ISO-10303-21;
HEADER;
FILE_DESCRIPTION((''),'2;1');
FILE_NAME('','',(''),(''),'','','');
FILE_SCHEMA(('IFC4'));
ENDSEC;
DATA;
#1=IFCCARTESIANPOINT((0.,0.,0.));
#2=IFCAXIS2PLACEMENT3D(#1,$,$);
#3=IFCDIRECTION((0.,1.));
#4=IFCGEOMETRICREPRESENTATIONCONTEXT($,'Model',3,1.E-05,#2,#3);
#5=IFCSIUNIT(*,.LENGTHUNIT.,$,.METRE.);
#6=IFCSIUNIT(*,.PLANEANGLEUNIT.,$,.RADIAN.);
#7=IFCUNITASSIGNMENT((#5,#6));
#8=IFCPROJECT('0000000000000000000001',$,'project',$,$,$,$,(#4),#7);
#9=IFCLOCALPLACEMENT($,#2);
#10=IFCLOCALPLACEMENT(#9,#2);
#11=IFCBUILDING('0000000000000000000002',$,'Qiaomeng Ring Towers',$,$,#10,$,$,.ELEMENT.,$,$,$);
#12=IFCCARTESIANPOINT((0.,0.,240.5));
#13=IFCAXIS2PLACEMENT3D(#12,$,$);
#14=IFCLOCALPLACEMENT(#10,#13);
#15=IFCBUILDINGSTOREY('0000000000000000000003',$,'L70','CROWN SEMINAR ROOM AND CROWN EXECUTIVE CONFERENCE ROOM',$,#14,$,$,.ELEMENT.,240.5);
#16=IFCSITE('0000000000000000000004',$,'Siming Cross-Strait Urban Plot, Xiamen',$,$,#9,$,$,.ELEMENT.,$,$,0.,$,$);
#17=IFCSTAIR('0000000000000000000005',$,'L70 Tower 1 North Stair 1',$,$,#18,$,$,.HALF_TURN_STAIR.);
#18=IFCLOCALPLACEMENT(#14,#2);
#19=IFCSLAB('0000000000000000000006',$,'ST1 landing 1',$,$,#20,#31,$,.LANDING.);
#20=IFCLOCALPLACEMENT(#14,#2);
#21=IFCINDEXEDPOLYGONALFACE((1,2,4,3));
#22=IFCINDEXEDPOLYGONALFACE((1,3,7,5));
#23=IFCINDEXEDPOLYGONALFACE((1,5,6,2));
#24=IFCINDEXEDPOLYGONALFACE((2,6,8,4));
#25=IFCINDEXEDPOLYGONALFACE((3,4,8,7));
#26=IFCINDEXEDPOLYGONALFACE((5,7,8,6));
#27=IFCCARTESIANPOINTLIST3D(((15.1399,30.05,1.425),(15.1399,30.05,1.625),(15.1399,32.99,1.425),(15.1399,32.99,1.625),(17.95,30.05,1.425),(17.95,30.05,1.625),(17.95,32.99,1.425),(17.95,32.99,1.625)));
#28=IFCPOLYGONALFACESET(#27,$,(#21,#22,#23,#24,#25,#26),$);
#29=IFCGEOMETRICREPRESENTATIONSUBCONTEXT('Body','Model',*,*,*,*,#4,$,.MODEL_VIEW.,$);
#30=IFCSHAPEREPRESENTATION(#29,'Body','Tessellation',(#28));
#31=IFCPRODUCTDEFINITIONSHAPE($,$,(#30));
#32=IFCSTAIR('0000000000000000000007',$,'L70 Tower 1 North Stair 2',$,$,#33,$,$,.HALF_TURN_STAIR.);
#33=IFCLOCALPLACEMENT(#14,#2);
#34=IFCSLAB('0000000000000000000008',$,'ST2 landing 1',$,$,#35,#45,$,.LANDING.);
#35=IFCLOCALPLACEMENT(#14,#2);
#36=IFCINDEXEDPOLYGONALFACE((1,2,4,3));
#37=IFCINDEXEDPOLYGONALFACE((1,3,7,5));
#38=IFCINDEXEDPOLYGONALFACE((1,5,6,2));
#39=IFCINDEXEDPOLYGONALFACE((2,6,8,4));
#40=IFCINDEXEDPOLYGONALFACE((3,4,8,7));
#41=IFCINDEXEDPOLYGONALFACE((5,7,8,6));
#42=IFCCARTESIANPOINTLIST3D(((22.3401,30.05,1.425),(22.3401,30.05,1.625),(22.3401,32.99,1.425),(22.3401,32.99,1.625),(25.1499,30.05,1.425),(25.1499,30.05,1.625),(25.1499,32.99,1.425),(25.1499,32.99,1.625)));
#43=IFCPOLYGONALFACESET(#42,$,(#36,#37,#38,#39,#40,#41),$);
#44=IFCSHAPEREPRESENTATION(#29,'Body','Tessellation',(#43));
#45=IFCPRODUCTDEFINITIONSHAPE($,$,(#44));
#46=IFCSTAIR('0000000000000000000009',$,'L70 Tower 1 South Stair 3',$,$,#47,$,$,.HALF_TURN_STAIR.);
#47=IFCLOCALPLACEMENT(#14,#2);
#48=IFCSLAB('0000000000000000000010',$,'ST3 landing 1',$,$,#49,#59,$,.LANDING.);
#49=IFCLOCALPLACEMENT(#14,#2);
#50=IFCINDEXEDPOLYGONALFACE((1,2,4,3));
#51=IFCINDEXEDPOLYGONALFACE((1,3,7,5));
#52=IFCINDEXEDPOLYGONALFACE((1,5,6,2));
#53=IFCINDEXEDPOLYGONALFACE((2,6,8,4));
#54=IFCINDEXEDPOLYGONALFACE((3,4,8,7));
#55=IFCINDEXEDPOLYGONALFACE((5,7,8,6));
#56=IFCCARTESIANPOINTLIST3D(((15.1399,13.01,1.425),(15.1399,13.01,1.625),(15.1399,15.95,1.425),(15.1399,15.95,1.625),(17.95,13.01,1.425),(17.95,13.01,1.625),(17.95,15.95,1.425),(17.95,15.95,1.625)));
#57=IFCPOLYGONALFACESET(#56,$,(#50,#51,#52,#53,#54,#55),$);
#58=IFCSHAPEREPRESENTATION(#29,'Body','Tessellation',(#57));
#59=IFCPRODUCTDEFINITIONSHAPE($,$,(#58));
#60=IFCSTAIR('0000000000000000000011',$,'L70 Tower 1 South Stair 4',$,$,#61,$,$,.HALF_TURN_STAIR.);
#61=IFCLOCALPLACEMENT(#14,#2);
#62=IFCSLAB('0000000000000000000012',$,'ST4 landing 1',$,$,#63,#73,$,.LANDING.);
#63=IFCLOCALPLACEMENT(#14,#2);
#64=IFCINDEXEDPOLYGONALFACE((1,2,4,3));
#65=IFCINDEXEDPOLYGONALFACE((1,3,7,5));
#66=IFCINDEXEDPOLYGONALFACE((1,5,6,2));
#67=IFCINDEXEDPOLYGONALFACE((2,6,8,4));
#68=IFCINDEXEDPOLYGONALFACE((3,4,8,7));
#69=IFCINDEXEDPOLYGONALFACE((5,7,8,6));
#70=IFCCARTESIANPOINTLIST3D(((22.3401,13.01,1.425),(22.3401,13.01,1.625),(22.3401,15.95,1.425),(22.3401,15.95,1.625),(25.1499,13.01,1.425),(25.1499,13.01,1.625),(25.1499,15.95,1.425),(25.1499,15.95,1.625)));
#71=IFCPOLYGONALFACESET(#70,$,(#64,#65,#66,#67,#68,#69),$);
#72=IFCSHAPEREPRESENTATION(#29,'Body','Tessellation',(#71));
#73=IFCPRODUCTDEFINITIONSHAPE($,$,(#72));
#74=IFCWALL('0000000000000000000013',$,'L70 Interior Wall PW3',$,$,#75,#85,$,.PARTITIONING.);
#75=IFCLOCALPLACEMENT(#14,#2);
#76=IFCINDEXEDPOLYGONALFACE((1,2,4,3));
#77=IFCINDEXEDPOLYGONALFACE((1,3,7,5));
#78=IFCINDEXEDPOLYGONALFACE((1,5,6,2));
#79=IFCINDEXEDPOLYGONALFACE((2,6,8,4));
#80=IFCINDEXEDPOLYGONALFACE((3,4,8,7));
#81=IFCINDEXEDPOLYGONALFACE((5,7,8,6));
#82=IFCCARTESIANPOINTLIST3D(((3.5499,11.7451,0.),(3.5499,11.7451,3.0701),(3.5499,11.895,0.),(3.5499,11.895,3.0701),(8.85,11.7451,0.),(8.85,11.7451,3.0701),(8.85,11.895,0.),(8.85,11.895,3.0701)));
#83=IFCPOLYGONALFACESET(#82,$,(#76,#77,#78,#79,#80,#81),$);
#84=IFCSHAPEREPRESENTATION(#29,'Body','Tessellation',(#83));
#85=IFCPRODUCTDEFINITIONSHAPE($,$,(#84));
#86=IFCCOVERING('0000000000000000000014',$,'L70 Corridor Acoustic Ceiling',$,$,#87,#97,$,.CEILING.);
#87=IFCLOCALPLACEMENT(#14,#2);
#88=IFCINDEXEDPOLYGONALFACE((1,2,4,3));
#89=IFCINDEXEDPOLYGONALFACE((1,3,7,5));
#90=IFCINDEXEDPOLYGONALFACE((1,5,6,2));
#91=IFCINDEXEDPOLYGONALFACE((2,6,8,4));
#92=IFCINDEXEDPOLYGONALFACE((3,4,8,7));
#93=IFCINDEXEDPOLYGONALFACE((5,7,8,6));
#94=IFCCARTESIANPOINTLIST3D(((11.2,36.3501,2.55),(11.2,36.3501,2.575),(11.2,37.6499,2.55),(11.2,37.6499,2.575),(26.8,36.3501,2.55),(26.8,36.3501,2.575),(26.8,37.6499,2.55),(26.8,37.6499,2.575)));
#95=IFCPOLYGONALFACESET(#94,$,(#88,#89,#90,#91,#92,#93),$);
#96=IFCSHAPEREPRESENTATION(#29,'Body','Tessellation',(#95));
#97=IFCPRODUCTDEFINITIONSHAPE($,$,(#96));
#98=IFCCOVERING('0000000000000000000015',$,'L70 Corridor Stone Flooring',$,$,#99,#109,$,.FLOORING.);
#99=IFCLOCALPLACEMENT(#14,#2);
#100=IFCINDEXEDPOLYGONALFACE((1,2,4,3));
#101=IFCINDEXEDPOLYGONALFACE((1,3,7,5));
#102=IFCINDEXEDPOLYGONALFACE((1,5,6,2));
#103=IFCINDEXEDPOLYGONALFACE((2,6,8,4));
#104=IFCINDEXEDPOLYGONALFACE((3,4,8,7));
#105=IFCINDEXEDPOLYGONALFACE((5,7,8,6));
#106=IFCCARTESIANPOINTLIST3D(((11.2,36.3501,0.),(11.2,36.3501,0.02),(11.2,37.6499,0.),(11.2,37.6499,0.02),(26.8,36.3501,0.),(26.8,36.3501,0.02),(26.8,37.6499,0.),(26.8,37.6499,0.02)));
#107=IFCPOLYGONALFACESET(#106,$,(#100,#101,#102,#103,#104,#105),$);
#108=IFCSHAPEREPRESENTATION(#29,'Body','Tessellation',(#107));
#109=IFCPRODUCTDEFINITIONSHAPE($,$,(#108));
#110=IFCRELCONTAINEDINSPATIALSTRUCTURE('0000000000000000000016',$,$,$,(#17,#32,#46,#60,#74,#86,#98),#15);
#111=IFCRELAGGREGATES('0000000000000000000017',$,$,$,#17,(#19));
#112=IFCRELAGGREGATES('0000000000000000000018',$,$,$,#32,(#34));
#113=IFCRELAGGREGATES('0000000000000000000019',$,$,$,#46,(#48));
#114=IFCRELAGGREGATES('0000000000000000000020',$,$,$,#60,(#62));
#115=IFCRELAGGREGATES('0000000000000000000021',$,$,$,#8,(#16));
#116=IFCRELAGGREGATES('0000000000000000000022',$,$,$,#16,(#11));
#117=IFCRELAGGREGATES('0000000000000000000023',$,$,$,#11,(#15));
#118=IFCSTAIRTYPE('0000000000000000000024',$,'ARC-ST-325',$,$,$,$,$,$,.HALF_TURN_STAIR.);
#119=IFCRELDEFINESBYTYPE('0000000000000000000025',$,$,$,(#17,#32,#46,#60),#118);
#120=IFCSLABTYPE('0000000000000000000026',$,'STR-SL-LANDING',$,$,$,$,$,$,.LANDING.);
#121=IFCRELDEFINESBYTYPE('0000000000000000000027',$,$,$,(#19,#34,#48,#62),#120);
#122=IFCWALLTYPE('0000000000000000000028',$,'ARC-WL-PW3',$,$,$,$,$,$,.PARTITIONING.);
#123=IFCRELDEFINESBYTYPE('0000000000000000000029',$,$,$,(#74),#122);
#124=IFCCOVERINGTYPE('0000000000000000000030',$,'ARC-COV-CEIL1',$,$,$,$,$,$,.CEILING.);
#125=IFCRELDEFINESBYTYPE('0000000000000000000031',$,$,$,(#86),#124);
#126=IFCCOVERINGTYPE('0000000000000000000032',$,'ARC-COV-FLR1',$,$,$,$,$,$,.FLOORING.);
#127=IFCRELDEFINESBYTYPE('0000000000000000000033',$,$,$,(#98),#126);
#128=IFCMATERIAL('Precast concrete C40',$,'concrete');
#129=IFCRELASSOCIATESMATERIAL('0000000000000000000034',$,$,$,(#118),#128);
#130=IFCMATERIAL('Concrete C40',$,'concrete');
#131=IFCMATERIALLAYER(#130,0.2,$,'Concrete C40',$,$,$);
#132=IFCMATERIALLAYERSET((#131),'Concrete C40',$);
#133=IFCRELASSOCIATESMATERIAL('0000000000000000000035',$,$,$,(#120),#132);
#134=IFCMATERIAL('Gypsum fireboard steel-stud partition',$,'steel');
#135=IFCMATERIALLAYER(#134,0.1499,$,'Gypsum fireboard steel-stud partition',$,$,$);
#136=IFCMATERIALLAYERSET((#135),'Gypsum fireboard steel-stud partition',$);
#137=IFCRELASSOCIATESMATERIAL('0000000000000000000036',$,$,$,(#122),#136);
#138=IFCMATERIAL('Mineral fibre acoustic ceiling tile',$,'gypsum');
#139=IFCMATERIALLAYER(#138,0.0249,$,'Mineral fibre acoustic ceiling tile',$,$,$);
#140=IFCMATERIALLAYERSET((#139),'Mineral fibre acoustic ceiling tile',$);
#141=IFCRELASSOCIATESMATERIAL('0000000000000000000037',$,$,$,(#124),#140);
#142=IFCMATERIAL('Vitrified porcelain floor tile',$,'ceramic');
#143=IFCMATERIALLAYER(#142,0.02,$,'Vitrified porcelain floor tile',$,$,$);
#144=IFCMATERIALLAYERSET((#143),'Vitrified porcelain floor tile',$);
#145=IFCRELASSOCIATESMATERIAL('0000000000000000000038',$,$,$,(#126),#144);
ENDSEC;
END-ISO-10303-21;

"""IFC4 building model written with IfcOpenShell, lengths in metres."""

from ifc_helpers import new_model, si_unit, direction, frame, frame_2d, origin, place, context, subcontext, project, spatial, polyline, rectangle, outline, extrude, material, layer, layer_set, type_object, element, aggregate, save


model = new_model("IFC4")

# Units and contexts
model_context = context("Model", 3, precision=1e-05, world=origin(), true_north=direction((0.0, 1.0)))
body_context = subcontext(model_context, "Body", "Model", "MODEL_VIEW")
ifc_project = project(units=[si_unit("LENGTHUNIT", "METRE"), si_unit("PLANEANGLEUNIT", "RADIAN")], contexts=[model_context])

# Site, building, storey
site_placement = place(None, origin())
site = spatial("IfcSite", under=ifc_project, at=site_placement, Name="Siming Cross-Strait Urban Plot, Xiamen", CompositionType="ELEMENT", RefElevation=0.0)
building_placement = place(site_placement, origin())
building = spatial("IfcBuilding", under=site, at=building_placement, Name="Qiaomeng Ring Towers", CompositionType="ELEMENT")
storey_placement = place(building_placement, frame((0.0, 0.0, 240.5)))
storey = spatial("IfcBuildingStorey", under=building, at=storey_placement, Name="L70", Description="CROWN SEMINAR ROOM AND CROWN EXECUTIVE CONFERENCE ROOM", CompositionType="ELEMENT", Elevation=240.5)

# Shared definitions
ifc_material_1 = material(Name="Concrete C40", Category="concrete")

# Stairs, slabs
ifc_material_2 = material(Name="Precast concrete C40", Category="concrete")
stair_type = type_object("IfcStairType", Name="ARC-ST-325", PredefinedType="HALF_TURN_STAIR", material=ifc_material_2)
stair_1_placement = place(storey_placement, origin())
stair_1 = element("IfcStair", 1, at=stair_1_placement, inside=storey, type_object=stair_type, Name="L70 Tower 1 North Stair 1", PredefinedType="HALF_TURN_STAIR")
ifc_layer_1 = layer(ifc_material_1, 0.2, Name="Concrete C40")
ifc_layer_set_1 = layer_set([ifc_layer_1], Name="Concrete C40")
slab_type_1 = type_object("IfcSlabType", Name="STR-SL-LANDING", PredefinedType="LANDING", material=ifc_layer_set_1)
slab_1_placement = place(storey_placement, frame((0.0, 0.0, 1.425)))
slab_1 = element("IfcSlab", 2, at=slab_1_placement, type_object=slab_type_1, Name="ST1 landing 1", PredefinedType="LANDING", context=body_context, shape_type="SweptSolid", body=[
    extrude(outline(polyline([(15.1399, 30.05), (17.95, 30.05), (17.95, 32.99), (15.1399, 32.99), (15.1399, 30.05)])), origin(), (0.0, 0.0, 1.0), 0.2),
])
aggregate(stair_1, [slab_1])
stair_2_placement = place(storey_placement, origin())
stair_2 = element("IfcStair", 3, at=stair_2_placement, inside=storey, type_object=stair_type, Name="L70 Tower 1 North Stair 2", PredefinedType="HALF_TURN_STAIR")
slab_2_placement = place(storey_placement, frame((0.0, 0.0, 1.425)))
slab_2 = element("IfcSlab", 4, at=slab_2_placement, type_object=slab_type_1, Name="ST2 landing 1", PredefinedType="LANDING", context=body_context, shape_type="SweptSolid", body=[
    extrude(outline(polyline([(22.3401, 30.05), (25.1499, 30.05), (25.1499, 32.99), (22.3401, 32.99), (22.3401, 30.05)])), origin(), (0.0, 0.0, 1.0), 0.2),
])
aggregate(stair_2, [slab_2])
stair_3_placement = place(storey_placement, origin())
stair_3 = element("IfcStair", 5, at=stair_3_placement, inside=storey, type_object=stair_type, Name="L70 Tower 1 South Stair 3", PredefinedType="HALF_TURN_STAIR")
slab_3_placement = place(storey_placement, frame((0.0, 0.0, 1.425)))
slab_3 = element("IfcSlab", 6, at=slab_3_placement, type_object=slab_type_1, Name="ST3 landing 1", PredefinedType="LANDING", context=body_context, shape_type="SweptSolid", body=[
    extrude(outline(polyline([(15.1399, 13.01), (17.95, 13.01), (17.95, 15.95), (15.1399, 15.95), (15.1399, 13.01)])), origin(), (0.0, 0.0, 1.0), 0.2),
])
aggregate(stair_3, [slab_3])
stair_4_placement = place(storey_placement, origin())
stair_4 = element("IfcStair", 7, at=stair_4_placement, inside=storey, type_object=stair_type, Name="L70 Tower 1 South Stair 4", PredefinedType="HALF_TURN_STAIR")
slab_4_placement = place(storey_placement, frame((0.0, 0.0, 1.425)))
slab_4 = element("IfcSlab", 8, at=slab_4_placement, type_object=slab_type_1, Name="ST4 landing 1", PredefinedType="LANDING", context=body_context, shape_type="SweptSolid", body=[
    extrude(outline(polyline([(22.3401, 13.01), (25.1499, 13.01), (25.1499, 15.95), (22.3401, 15.95), (22.3401, 13.01)])), origin(), (0.0, 0.0, 1.0), 0.2),
])
aggregate(stair_4, [slab_4])

# Wall
ifc_material_3 = material(Name="Gypsum fireboard steel-stud partition", Category="steel")
ifc_layer_2 = layer(ifc_material_3, 0.1499, Name="Gypsum fireboard steel-stud partition")
ifc_layer_set_2 = layer_set([ifc_layer_2], Name="Gypsum fireboard steel-stud partition")
wall_type = type_object("IfcWallType", Name="ARC-WL-PW3", PredefinedType="PARTITIONING", material=ifc_layer_set_2)
wall_placement = place(storey_placement, frame((3.55, 11.8201, 0.0), z_axis=(0.0, 0.0, 1.0), x_axis=(1.0, 0.0, 0.0)))
element("IfcWall", 9, at=wall_placement, inside=storey, type_object=wall_type, Name="L70 Interior Wall PW3", PredefinedType="PARTITIONING", context=body_context, shape_type="SweptSolid", body=[
    extrude(rectangle(XDim=5.3, YDim=0.1499, at=frame_2d((2.6499, 0.0))), origin(), (0.0, 0.0, 1.0), 3.0701),
])

# Coverings
ifc_material_4 = material(Name="Mineral fibre acoustic ceiling tile", Category="gypsum")
ifc_layer_3 = layer(ifc_material_4, 0.0249, Name="Mineral fibre acoustic ceiling tile")
ifc_layer_set_3 = layer_set([ifc_layer_3], Name="Mineral fibre acoustic ceiling tile")
covering_type_1 = type_object("IfcCoveringType", Name="ARC-COV-CEIL1", PredefinedType="CEILING", material=ifc_layer_set_3)
covering_1_placement = place(storey_placement, frame((0.0, 0.0, 2.55)))
element("IfcCovering", 10, at=covering_1_placement, inside=storey, type_object=covering_type_1, Name="L70 Corridor Acoustic Ceiling", PredefinedType="CEILING", context=body_context, shape_type="SweptSolid", body=[
    extrude(outline(polyline([(11.2, 36.3501), (11.2, 37.6499), (26.8, 37.6499), (26.8, 36.3501), (11.2, 36.3501)])), origin(), (0.0, 0.0, 1.0), 0.0249),
])
ifc_material_5 = material(Name="Vitrified porcelain floor tile", Category="ceramic")
ifc_layer_4 = layer(ifc_material_5, 0.02, Name="Vitrified porcelain floor tile")
ifc_layer_set_4 = layer_set([ifc_layer_4], Name="Vitrified porcelain floor tile")
covering_type_2 = type_object("IfcCoveringType", Name="ARC-COV-FLR1", PredefinedType="FLOORING", material=ifc_layer_set_4)
covering_2_placement = place(storey_placement, origin())
element("IfcCovering", 11, at=covering_2_placement, inside=storey, type_object=covering_type_2, Name="L70 Corridor Stone Flooring", PredefinedType="FLOORING", context=body_context, shape_type="SweptSolid", body=[
    extrude(outline(polyline([(11.2, 36.3501), (11.2, 37.6499), (26.8, 37.6499), (26.8, 36.3501), (11.2, 36.3501)])), origin(), (0.0, 0.0, 1.0), 0.02),
])

save(model, "model.ifc")
